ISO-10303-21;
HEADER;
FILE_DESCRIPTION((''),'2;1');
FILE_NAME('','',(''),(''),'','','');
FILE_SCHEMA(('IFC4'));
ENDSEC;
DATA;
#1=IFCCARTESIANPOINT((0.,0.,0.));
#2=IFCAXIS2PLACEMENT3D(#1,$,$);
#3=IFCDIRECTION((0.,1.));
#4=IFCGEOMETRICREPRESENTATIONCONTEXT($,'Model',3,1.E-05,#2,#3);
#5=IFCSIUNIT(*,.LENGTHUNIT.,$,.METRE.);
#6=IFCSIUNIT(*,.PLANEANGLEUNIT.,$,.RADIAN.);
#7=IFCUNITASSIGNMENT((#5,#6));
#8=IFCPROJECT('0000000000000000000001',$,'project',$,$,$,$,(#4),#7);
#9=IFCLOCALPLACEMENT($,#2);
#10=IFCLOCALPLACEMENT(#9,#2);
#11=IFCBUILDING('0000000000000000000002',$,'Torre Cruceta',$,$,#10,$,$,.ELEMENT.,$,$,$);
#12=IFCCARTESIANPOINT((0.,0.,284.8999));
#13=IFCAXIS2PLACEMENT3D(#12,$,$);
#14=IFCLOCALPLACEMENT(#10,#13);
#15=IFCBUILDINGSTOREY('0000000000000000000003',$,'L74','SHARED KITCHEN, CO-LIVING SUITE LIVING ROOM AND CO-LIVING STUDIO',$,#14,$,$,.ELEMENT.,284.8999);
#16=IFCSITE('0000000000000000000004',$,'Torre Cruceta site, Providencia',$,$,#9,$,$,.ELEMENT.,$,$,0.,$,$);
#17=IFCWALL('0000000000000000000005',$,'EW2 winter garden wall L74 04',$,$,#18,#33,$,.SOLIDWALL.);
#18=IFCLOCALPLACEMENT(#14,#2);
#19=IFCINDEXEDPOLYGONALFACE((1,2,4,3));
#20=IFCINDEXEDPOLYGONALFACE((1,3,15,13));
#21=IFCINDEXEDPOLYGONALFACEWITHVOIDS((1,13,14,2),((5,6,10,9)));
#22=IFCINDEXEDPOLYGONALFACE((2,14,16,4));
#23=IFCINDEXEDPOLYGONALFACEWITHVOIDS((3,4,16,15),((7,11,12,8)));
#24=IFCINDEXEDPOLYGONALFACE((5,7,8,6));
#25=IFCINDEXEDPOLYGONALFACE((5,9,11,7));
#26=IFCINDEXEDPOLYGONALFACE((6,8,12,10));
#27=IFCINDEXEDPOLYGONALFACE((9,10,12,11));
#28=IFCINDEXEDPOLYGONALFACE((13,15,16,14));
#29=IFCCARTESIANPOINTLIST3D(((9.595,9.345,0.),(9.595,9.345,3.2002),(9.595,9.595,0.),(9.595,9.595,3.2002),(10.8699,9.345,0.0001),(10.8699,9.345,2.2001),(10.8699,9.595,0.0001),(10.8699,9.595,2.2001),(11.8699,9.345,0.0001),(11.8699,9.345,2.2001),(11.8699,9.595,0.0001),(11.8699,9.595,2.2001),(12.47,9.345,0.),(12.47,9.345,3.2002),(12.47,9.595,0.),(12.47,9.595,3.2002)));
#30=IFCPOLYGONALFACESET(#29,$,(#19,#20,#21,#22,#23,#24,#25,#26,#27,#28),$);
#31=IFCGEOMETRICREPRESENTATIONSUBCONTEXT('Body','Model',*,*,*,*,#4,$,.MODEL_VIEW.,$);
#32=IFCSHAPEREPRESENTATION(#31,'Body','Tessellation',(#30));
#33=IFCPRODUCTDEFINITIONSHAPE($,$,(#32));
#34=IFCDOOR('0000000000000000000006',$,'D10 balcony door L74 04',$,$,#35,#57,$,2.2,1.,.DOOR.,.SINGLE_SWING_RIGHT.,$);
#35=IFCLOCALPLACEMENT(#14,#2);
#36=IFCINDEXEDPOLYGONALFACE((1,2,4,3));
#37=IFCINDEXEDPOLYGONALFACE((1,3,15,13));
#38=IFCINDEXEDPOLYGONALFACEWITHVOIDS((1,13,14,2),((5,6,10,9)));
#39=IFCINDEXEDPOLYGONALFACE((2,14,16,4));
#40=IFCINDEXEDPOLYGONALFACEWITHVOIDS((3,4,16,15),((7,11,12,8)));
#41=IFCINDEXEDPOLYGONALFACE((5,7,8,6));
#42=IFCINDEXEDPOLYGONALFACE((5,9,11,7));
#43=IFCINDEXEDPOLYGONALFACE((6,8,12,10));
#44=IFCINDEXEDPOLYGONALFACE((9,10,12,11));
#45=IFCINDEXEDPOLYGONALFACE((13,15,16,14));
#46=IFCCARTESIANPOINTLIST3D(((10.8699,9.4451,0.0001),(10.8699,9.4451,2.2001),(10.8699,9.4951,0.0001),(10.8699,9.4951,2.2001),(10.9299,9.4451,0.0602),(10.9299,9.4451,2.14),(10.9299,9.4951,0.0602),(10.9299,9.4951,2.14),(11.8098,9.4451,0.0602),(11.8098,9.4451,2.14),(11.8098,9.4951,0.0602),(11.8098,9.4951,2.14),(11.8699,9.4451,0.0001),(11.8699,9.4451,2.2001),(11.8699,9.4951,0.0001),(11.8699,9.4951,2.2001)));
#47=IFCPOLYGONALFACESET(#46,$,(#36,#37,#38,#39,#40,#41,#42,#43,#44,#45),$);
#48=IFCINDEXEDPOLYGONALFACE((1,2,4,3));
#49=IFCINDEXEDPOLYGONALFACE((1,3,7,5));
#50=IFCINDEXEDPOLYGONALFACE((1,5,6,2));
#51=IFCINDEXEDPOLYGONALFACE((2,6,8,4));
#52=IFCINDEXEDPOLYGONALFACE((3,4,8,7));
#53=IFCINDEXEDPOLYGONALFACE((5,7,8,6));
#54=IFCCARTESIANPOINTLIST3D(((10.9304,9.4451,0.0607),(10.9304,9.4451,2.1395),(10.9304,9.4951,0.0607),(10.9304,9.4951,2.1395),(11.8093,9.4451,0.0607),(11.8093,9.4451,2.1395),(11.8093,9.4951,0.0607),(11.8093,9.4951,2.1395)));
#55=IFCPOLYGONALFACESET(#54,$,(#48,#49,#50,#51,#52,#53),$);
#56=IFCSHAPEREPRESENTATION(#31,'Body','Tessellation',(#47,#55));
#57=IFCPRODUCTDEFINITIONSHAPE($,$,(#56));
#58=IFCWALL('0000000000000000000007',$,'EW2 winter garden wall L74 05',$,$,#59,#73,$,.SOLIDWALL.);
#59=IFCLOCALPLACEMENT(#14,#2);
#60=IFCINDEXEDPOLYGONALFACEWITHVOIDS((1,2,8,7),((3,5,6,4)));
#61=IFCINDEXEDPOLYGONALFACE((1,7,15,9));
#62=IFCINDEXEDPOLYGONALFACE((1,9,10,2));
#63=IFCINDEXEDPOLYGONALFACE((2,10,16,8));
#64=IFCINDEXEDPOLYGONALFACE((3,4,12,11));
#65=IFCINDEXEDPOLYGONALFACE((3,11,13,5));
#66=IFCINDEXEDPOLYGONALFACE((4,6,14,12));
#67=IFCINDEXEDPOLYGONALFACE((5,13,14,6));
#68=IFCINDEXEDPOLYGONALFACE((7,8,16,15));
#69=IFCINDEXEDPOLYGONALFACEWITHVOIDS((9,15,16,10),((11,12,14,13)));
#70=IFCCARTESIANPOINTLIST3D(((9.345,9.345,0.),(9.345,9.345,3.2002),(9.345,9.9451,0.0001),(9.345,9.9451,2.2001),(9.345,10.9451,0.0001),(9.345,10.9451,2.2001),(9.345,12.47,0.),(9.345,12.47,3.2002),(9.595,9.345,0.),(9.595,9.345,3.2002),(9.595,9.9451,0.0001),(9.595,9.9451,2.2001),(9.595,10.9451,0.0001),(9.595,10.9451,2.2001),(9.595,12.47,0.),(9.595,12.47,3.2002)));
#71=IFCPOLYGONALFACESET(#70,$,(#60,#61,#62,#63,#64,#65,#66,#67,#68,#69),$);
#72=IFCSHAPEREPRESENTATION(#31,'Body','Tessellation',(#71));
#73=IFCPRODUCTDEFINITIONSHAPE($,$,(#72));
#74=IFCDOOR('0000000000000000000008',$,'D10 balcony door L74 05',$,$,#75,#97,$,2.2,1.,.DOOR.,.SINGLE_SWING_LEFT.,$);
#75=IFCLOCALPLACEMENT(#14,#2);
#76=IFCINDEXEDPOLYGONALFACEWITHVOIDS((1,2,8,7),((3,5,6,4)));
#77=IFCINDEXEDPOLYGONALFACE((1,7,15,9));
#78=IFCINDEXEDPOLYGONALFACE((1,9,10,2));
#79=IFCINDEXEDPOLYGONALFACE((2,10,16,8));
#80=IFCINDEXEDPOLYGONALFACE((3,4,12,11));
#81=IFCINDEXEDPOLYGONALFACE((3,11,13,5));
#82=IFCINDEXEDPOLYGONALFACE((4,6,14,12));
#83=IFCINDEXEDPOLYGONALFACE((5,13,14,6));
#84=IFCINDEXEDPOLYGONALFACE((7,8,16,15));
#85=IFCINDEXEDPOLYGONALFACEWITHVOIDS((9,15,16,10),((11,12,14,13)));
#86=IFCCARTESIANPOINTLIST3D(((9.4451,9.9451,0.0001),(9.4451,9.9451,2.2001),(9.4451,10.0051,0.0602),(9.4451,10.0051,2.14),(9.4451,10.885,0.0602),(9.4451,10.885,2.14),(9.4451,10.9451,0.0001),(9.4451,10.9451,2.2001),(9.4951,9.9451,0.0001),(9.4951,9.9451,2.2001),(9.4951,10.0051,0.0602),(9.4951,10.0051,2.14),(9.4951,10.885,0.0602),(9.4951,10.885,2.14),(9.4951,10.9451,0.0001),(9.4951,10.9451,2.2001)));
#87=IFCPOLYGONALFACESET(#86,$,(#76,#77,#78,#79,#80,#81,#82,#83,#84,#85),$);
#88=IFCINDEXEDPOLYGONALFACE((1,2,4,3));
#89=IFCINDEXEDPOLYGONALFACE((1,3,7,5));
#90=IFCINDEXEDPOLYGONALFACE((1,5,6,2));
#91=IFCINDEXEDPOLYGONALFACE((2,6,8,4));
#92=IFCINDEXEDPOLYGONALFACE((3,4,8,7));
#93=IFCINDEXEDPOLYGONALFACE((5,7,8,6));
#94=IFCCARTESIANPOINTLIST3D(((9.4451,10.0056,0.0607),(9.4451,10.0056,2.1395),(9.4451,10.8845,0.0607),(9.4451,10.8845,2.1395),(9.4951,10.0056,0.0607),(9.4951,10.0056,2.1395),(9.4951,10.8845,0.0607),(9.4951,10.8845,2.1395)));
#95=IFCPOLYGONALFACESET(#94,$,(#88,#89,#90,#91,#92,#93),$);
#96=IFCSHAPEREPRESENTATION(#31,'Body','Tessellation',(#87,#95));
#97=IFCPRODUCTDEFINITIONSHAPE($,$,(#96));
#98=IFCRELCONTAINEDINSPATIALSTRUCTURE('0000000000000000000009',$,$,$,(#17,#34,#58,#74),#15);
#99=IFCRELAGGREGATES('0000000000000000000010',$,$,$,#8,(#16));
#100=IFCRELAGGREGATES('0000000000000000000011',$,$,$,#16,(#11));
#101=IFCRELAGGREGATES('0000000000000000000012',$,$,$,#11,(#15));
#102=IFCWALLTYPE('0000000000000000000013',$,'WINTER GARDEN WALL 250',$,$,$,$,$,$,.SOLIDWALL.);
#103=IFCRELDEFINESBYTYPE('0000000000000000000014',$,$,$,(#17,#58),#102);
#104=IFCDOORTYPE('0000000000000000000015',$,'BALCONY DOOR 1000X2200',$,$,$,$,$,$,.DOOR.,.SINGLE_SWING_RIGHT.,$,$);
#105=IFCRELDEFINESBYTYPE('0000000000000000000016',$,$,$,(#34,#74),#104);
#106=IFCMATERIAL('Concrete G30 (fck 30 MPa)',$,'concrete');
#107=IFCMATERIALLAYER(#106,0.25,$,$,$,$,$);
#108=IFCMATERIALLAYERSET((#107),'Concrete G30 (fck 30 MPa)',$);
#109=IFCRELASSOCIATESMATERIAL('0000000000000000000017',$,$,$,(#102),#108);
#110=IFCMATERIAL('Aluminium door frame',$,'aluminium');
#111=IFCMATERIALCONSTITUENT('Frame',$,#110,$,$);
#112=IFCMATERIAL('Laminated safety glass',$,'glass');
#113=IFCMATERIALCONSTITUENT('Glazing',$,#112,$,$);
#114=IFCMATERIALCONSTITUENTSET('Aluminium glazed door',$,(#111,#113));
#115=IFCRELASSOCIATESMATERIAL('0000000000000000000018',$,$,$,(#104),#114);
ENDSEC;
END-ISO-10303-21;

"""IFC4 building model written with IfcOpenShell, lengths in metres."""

from ifc_helpers import new_model, si_unit, direction, frame, frame_2d, origin, place, context, subcontext, project, spatial, rectangle, hollow_rectangle, extrude, material, layer, layer_set, constituent, constituent_set, type_object, element, fill, save


model = new_model("IFC4")

# Units and contexts
model_context = context("Model", 3, precision=1e-05, world=origin(), true_north=direction((0.0, 1.0)))
body_context = subcontext(model_context, "Body", "Model", "MODEL_VIEW")
ifc_project = project(units=[si_unit("LENGTHUNIT", "METRE"), si_unit("PLANEANGLEUNIT", "RADIAN")], contexts=[model_context])

# Site, building, storey
site_placement = place(None, origin())
site = spatial("IfcSite", under=ifc_project, at=site_placement, Name="Torre Cruceta site, Providencia", CompositionType="ELEMENT", RefElevation=0.0)
building_placement = place(site_placement, origin())
building = spatial("IfcBuilding", under=site, at=building_placement, Name="Torre Cruceta", CompositionType="ELEMENT")
storey_placement = place(building_placement, frame((0.0, 0.0, 284.8999)))
storey = spatial("IfcBuildingStorey", under=building, at=storey_placement, Name="L74", Description="SHARED KITCHEN, CO-LIVING SUITE LIVING ROOM AND CO-LIVING STUDIO", CompositionType="ELEMENT", Elevation=284.8999)

# Walls, openings, doors
ifc_material_1 = material(Name="Concrete G30 (fck 30 MPa)", Category="concrete")
ifc_layer_1 = layer(ifc_material_1, 0.25)
ifc_layer_set_1 = layer_set([ifc_layer_1], Name="Concrete G30 (fck 30 MPa)")
wall_type_1 = type_object("IfcWallType", Name="WINTER GARDEN WALL 250", PredefinedType="SOLIDWALL", material=ifc_layer_set_1)
wall_1_placement = place(storey_placement, frame((12.47, 9.47, 0.0), z_axis=(0.0, 0.0, 1.0), x_axis=(-1.0, 0.0, 0.0)))
wall_1 = element("IfcWall", 1, at=wall_1_placement, inside=storey, type_object=wall_type_1, Name="EW2 winter garden wall L74 04", PredefinedType="SOLIDWALL", context=body_context, shape_type="SweptSolid", body=[
    extrude(rectangle(XDim=2.875, YDim=0.25, at=frame_2d((1.4375, 0.0))), origin(), (0.0, 0.0, 1.0), 3.2002),
])
opening_1_placement = place(wall_1_placement, frame((0.6001, 0.0, 0.0)))
opening_1 = element("IfcOpeningElement", 2, at=opening_1_placement, cuts=wall_1, PredefinedType="OPENING", context=body_context, shape_type="SweptSolid", body=[
    extrude(rectangle(XDim=1.0, YDim=2.2, at=frame_2d((0.5, 1.1001))), frame((0.0, 0.135, 0.0), z_axis=(0.0, -1.0, 0.0), x_axis=(1.0, 0.0, 0.0)), (0.0, 0.0, 1.0), 0.27),
])
ifc_material_2 = material(Name="Aluminium door frame", Category="aluminium")
ifc_constituent_1 = constituent(ifc_material_2, Name="Frame")
ifc_material_3 = material(Name="Laminated safety glass", Category="glass")
ifc_constituent_2 = constituent(ifc_material_3, Name="Glazing")
ifc_constituent_set_1 = constituent_set(constituents=[ifc_constituent_1, ifc_constituent_2], Name="Aluminium glazed door")
door_type_1 = type_object("IfcDoorType", Name="BALCONY DOOR 1000X2200", OperationType="SINGLE_SWING_RIGHT", PredefinedType="DOOR", material=ifc_constituent_set_1)
door_1_placement = place(opening_1_placement, origin())
door_1 = element("IfcDoor", 3, at=door_1_placement, inside=storey, type_object=door_type_1, Name="D10 balcony door L74 04", OperationType="SINGLE_SWING_RIGHT", OverallHeight=2.2, OverallWidth=1.0, PredefinedType="DOOR", context=body_context, shape_type="SweptSolid", body=[
    extrude(hollow_rectangle(XDim=1.0, YDim=2.2, WallThickness=0.0601, at=frame_2d((0.5, 1.1001))), frame((0.0, 0.0249, 0.0), z_axis=(0.0, -1.0, 0.0), x_axis=(1.0, 0.0, 0.0)), (0.0, 0.0, 1.0), 0.05),
    extrude(rectangle(XDim=0.8789, YDim=2.0789, at=frame_2d((0.5, 1.1001))), frame((0.0, 0.0249, 0.0), z_axis=(0.0, -1.0, 0.0), x_axis=(1.0, 0.0, 0.0)), (0.0, 0.0, 1.0), 0.05),
])
fill(opening_1, door_1)
wall_2_placement = place(storey_placement, frame((9.47, 9.345, 0.0), z_axis=(0.0, 0.0, 1.0), x_axis=(0.0, 1.0, 0.0)))
wall_2 = element("IfcWall", 4, at=wall_2_placement, inside=storey, type_object=wall_type_1, Name="EW2 winter garden wall L74 05", PredefinedType="SOLIDWALL", context=body_context, shape_type="SweptSolid", body=[
    extrude(rectangle(XDim=3.125, YDim=0.25, at=frame_2d((1.5625, 0.0))), origin(), (0.0, 0.0, 1.0), 3.2002),
])
opening_2_placement = place(wall_2_placement, frame((0.6001, 0.0, 0.0)))
opening_2 = element("IfcOpeningElement", 5, at=opening_2_placement, cuts=wall_2, PredefinedType="OPENING", context=body_context, shape_type="SweptSolid", body=[
    extrude(rectangle(XDim=1.0, YDim=2.2, at=frame_2d((0.5, 1.1001))), frame((0.0, 0.135, 0.0), z_axis=(0.0, -1.0, 0.0), x_axis=(1.0, 0.0, 0.0)), (0.0, 0.0, 1.0), 0.27),
])
door_2_placement = place(opening_2_placement, origin())
door_2 = element("IfcDoor", 6, at=door_2_placement, inside=storey, type_object=door_type_1, Name="D10 balcony door L74 05", OperationType="SINGLE_SWING_LEFT", OverallHeight=2.2, OverallWidth=1.0, PredefinedType="DOOR", context=body_context, shape_type="SweptSolid", body=[
    extrude(hollow_rectangle(XDim=1.0, YDim=2.2, WallThickness=0.0601, at=frame_2d((0.5, 1.1001))), frame((0.0, 0.0249, 0.0), z_axis=(0.0, -1.0, 0.0), x_axis=(1.0, 0.0, 0.0)), (0.0, 0.0, 1.0), 0.05),
    extrude(rectangle(XDim=0.8789, YDim=2.0789, at=frame_2d((0.5, 1.1001))), frame((0.0, 0.0249, 0.0), z_axis=(0.0, -1.0, 0.0), x_axis=(1.0, 0.0, 0.0)), (0.0, 0.0, 1.0), 0.05),
])
fill(opening_2, door_2)

save(model, "model.ifc")
